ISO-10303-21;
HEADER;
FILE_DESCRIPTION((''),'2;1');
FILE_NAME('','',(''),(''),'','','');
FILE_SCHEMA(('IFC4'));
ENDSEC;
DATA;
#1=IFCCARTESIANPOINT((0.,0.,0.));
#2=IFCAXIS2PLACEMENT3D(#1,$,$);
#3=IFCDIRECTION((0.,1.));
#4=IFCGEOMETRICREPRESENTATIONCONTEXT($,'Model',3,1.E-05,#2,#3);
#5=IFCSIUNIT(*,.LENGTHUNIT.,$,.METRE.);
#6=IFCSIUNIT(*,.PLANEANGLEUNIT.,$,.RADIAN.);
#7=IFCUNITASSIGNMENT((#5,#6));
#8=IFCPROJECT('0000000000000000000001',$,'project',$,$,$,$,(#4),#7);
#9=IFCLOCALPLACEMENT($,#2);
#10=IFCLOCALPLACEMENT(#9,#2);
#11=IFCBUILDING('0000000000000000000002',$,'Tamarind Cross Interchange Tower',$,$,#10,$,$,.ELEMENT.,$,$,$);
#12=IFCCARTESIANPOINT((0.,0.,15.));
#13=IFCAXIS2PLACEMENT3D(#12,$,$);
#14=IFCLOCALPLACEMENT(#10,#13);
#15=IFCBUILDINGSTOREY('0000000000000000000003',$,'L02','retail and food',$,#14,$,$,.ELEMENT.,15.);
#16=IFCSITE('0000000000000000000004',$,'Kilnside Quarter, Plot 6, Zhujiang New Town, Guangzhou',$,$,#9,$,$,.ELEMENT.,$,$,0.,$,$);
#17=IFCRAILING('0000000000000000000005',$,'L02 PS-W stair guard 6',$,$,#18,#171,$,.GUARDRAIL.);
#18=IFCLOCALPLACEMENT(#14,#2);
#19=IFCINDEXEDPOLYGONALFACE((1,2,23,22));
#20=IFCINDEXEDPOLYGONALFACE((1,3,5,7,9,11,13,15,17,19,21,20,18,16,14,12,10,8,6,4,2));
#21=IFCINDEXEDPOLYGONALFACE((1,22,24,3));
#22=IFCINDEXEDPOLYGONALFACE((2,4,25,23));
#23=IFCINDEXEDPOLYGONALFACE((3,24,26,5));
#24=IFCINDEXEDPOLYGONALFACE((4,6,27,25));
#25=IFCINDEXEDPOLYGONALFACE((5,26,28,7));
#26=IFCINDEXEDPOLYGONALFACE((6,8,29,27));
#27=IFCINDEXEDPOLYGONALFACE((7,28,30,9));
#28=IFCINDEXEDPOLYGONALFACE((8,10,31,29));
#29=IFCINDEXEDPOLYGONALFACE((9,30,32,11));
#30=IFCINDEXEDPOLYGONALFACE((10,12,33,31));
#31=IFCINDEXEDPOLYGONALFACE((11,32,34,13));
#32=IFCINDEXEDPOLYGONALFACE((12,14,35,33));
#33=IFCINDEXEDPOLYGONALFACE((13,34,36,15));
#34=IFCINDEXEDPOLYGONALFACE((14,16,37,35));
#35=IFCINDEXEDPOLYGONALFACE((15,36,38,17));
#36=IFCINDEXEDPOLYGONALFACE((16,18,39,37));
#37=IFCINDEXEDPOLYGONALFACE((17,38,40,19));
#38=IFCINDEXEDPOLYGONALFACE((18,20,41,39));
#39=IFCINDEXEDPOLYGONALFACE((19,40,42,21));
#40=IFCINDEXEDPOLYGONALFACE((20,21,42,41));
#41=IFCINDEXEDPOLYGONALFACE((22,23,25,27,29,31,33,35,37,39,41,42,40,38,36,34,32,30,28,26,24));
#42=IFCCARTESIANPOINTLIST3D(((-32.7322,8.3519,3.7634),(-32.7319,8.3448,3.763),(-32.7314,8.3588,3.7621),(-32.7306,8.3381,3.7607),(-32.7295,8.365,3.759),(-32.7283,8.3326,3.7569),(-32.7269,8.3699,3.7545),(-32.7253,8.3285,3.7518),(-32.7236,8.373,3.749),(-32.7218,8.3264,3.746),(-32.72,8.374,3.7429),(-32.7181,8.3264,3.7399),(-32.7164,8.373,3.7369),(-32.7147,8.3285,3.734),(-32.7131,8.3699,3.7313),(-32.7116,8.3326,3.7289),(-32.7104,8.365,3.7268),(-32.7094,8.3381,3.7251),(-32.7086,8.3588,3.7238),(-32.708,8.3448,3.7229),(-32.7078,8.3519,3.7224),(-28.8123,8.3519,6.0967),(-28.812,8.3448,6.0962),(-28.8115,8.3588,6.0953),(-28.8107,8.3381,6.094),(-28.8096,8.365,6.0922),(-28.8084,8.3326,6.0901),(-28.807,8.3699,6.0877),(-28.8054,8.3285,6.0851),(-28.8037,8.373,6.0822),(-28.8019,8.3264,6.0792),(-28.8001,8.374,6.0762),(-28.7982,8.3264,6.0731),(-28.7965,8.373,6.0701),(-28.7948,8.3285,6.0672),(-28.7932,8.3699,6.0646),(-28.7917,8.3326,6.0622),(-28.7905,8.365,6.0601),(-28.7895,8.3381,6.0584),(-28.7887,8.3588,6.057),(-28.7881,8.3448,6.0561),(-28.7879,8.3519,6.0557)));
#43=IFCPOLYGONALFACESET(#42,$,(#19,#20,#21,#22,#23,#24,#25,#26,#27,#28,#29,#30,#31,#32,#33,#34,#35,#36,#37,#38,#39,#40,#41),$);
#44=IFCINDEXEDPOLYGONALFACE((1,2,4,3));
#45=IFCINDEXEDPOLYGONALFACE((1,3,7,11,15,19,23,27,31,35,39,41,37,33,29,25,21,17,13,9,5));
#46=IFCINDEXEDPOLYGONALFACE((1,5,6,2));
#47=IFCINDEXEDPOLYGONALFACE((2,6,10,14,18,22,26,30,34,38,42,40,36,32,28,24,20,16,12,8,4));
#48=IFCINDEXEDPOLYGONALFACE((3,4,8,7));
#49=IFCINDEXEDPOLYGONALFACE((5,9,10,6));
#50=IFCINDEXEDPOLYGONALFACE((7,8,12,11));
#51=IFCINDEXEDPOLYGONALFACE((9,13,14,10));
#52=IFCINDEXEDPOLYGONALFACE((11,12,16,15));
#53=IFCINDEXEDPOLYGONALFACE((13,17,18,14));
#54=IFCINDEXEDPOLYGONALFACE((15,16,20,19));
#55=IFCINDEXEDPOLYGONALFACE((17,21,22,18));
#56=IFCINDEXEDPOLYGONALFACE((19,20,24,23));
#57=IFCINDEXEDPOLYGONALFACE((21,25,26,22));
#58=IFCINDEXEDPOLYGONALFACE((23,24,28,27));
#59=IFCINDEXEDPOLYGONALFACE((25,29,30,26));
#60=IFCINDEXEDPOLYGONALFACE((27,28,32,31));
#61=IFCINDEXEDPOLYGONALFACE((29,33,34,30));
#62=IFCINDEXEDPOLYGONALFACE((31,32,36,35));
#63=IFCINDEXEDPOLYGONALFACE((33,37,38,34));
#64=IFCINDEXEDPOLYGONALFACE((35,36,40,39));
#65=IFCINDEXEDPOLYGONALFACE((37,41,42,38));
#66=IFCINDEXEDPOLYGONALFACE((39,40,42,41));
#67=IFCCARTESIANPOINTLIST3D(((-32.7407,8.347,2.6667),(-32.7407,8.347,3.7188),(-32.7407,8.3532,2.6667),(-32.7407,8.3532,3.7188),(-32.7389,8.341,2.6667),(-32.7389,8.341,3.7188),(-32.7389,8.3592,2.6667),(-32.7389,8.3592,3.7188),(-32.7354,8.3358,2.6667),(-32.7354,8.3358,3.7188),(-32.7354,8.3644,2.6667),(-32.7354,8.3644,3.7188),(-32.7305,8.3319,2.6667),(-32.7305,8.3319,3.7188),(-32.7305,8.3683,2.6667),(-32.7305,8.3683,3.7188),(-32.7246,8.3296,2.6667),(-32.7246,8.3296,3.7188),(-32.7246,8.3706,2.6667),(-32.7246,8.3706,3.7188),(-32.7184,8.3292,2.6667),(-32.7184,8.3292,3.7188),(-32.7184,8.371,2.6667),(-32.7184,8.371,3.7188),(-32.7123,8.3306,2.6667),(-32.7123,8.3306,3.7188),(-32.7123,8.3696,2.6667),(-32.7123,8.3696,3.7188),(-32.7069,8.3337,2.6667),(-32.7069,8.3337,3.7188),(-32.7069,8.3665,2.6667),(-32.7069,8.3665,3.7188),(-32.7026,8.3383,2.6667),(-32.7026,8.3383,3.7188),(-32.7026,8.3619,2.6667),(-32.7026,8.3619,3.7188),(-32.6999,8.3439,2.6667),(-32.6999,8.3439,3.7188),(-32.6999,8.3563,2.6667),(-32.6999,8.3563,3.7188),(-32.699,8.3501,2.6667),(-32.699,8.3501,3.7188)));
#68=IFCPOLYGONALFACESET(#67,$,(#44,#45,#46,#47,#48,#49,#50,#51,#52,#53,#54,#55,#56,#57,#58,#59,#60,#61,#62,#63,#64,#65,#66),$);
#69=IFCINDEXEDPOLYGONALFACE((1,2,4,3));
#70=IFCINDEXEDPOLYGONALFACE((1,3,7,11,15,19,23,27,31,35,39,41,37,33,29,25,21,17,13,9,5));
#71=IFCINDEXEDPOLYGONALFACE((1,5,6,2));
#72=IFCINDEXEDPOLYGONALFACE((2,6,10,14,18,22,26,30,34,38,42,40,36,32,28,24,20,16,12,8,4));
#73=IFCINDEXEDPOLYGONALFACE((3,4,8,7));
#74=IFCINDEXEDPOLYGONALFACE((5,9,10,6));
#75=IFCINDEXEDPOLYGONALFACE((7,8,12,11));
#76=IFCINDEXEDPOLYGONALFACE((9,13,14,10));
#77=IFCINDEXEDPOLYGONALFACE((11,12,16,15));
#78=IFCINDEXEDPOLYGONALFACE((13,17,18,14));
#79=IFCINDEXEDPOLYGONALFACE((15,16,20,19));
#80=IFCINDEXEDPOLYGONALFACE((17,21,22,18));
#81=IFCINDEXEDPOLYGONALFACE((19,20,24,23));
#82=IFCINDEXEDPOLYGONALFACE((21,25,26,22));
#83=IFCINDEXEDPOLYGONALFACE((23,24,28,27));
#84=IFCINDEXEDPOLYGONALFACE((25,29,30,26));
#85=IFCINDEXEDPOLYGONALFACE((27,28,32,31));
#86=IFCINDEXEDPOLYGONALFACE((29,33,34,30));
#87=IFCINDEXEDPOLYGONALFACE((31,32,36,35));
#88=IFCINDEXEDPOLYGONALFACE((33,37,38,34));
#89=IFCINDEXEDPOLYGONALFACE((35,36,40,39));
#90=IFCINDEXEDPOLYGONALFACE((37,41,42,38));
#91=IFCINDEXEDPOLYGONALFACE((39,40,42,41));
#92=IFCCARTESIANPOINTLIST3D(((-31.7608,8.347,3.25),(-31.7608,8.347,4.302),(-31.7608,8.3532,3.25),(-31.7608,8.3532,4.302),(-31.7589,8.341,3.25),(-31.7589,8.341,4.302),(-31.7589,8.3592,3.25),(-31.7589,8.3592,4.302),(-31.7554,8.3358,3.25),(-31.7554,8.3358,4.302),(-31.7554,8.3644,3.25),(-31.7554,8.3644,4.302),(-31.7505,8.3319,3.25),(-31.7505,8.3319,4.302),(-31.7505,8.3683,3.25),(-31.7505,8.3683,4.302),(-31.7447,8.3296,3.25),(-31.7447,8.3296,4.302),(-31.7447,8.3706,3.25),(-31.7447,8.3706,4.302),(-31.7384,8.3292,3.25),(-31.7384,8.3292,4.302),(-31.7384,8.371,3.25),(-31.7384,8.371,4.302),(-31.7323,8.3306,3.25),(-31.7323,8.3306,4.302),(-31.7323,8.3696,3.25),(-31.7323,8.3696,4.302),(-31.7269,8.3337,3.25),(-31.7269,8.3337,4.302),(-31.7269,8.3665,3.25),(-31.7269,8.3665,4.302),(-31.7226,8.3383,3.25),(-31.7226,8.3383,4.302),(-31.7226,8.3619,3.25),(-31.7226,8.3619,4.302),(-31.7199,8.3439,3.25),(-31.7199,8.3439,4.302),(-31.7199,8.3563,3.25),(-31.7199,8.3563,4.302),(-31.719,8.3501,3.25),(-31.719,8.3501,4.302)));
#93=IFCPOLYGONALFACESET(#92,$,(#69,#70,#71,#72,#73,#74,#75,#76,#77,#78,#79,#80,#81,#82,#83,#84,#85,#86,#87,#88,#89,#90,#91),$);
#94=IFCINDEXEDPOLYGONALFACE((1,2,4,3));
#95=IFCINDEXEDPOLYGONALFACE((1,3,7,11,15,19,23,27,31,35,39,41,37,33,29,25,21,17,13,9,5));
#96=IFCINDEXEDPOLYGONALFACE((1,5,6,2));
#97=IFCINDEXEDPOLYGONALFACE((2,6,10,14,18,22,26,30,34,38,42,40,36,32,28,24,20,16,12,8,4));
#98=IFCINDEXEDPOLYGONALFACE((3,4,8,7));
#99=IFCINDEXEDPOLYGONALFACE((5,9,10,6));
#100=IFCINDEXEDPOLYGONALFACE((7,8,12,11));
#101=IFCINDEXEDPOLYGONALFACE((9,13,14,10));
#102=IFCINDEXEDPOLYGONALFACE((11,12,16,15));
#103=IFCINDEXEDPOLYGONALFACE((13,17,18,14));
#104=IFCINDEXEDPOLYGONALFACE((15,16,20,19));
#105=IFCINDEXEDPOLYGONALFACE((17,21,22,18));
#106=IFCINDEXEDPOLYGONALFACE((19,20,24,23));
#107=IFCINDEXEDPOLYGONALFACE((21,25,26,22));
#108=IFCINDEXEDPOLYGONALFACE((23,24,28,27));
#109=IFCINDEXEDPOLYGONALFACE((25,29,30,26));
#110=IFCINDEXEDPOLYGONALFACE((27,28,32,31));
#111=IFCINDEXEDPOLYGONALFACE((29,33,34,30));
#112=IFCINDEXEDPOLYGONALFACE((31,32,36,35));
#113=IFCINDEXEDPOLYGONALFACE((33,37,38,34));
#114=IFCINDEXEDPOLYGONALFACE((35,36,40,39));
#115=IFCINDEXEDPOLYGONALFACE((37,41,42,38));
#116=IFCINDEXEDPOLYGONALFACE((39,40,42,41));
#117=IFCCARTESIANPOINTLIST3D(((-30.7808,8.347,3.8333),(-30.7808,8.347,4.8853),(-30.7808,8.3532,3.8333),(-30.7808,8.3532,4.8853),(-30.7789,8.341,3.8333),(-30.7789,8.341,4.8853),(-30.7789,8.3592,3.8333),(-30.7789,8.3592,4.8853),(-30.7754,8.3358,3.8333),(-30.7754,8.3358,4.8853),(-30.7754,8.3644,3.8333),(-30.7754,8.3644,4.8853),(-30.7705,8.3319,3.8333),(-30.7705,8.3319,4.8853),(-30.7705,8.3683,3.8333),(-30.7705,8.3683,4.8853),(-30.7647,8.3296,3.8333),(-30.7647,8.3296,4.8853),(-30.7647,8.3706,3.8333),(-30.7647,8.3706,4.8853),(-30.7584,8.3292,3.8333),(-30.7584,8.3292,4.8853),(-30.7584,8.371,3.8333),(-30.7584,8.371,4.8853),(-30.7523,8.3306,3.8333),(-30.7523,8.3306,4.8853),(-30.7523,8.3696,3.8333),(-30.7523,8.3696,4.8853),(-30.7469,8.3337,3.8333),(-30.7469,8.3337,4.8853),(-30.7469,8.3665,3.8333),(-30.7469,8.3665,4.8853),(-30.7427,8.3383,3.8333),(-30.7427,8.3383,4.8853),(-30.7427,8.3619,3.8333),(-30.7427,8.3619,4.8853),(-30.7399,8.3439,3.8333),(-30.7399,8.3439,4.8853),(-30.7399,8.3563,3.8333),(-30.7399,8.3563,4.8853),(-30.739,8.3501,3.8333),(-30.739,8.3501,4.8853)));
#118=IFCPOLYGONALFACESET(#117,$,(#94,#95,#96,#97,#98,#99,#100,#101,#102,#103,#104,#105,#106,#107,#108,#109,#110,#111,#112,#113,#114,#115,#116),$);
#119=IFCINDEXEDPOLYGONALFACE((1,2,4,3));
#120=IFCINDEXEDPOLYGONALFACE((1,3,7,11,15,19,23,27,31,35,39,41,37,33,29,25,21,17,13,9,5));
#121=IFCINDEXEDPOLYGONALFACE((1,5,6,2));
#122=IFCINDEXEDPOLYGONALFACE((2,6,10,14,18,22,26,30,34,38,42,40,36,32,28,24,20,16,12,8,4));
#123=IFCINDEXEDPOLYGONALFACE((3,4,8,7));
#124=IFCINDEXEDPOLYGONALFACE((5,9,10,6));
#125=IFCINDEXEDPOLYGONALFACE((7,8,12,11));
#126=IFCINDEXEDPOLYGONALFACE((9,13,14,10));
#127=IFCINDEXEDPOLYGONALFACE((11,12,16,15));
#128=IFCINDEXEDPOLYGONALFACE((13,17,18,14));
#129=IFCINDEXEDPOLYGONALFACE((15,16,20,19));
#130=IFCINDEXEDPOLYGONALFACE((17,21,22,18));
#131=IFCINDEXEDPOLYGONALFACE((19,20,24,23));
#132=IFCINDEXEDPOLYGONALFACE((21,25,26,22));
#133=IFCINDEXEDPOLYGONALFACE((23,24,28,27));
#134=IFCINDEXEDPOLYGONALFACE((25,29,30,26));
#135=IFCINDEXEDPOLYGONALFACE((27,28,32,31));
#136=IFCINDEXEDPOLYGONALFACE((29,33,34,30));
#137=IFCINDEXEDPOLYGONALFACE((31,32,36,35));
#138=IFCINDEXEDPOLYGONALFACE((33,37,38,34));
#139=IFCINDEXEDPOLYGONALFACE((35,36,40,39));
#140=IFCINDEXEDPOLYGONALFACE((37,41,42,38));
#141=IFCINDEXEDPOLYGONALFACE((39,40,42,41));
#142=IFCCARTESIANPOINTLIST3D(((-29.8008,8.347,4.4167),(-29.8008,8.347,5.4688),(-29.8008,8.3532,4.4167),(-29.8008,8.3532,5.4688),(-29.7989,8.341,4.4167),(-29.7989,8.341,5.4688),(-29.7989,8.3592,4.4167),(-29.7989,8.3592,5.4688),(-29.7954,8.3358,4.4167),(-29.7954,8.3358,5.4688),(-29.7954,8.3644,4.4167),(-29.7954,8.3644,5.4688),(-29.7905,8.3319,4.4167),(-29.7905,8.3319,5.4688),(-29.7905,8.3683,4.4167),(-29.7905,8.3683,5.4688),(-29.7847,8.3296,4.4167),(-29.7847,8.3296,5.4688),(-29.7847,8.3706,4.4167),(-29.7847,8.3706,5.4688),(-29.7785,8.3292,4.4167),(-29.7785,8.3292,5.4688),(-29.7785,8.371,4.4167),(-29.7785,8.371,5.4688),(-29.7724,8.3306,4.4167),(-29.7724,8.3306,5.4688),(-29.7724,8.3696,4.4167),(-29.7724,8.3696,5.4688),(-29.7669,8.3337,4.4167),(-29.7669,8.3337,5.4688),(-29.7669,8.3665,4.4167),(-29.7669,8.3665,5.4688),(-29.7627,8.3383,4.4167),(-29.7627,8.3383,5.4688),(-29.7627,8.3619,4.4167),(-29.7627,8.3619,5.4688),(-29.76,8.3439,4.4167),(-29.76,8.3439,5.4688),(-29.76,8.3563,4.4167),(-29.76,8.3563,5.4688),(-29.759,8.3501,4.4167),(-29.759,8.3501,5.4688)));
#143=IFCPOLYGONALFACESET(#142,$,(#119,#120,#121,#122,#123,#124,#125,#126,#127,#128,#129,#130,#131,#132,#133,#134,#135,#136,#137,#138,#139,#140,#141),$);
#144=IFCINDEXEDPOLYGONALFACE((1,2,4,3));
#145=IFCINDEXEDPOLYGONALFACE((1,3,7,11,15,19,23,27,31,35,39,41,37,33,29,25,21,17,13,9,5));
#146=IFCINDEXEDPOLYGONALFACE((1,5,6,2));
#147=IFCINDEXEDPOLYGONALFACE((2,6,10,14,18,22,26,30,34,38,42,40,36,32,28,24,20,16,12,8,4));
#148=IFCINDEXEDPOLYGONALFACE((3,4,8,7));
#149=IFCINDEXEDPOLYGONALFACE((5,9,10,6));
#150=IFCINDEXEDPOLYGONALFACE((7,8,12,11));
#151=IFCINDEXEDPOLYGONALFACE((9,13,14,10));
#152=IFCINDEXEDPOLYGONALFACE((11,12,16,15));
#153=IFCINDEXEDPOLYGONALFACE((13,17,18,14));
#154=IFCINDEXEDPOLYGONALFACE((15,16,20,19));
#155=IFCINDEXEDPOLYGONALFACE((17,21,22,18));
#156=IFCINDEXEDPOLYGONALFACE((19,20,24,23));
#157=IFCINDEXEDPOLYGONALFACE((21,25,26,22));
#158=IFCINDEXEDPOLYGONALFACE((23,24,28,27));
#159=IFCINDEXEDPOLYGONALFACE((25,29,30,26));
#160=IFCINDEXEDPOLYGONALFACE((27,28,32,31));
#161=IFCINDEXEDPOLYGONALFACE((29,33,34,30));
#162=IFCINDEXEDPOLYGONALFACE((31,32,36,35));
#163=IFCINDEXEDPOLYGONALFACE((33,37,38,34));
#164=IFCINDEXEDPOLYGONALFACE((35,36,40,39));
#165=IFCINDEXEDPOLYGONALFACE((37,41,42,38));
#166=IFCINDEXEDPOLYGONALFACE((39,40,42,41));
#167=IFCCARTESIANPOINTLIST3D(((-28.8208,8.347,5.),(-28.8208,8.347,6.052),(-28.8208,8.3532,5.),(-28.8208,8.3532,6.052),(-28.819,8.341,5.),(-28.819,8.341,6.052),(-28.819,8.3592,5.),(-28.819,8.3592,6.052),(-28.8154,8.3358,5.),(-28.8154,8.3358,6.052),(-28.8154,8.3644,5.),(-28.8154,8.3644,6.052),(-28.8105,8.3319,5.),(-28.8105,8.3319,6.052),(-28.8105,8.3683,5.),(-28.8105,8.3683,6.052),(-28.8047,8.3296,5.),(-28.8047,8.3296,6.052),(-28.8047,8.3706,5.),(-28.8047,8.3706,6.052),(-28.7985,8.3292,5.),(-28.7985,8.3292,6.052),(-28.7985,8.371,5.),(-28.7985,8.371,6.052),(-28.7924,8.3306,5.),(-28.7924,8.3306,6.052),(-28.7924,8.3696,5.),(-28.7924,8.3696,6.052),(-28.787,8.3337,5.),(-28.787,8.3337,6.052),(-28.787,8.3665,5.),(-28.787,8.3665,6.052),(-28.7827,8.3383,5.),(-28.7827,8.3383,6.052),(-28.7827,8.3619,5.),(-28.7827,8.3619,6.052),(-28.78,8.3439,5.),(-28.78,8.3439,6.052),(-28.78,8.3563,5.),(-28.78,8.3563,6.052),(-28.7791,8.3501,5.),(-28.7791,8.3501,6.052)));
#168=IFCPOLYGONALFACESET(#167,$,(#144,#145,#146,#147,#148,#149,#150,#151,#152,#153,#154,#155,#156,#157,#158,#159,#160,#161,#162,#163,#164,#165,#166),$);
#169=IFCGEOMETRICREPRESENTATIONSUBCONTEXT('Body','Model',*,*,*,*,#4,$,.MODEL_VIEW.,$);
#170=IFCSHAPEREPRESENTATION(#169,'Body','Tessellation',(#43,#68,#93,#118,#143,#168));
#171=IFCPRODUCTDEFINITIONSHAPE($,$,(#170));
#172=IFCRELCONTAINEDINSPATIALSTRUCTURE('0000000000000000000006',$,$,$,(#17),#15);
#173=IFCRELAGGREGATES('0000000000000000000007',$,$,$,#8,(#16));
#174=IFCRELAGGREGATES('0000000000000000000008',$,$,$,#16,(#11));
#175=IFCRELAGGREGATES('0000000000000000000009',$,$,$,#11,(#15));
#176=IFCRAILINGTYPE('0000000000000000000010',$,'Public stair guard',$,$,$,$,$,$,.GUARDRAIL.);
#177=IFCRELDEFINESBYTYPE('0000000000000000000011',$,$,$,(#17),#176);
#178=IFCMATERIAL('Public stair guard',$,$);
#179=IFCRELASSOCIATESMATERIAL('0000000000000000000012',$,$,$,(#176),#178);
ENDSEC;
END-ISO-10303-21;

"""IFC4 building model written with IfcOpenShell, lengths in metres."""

from ifc_helpers import new_model, si_unit, direction, frame, origin, origin_2d, place, context, subcontext, project, spatial, circle, extrude, material, type_object, element, save


model = new_model("IFC4")

# Units and contexts
model_context = context("Model", 3, precision=1e-05, world=origin(), true_north=direction((0.0, 1.0)))
body_context = subcontext(model_context, "Body", "Model", "MODEL_VIEW")
ifc_project = project(units=[si_unit("LENGTHUNIT", "METRE"), si_unit("PLANEANGLEUNIT", "RADIAN")], contexts=[model_context])

# Site, building, storey
site_placement = place(None, origin())
site = spatial("IfcSite", under=ifc_project, at=site_placement, Name="Kilnside Quarter, Plot 6, Zhujiang New Town, Guangzhou", CompositionType="ELEMENT", RefElevation=0.0)
building_placement = place(site_placement, origin())
building = spatial("IfcBuilding", under=site, at=building_placement, Name="Tamarind Cross Interchange Tower", CompositionType="ELEMENT")
storey_placement = place(building_placement, frame((0.0, 0.0, 15.0)))
storey = spatial("IfcBuildingStorey", under=building, at=storey_placement, Name="L02", Description="retail and food", CompositionType="ELEMENT", Elevation=15.0)

# Railing
ifc_material_1 = material(Name="Public stair guard")
railing_type_1 = type_object("IfcRailingType", Name="Public stair guard", PredefinedType="GUARDRAIL", material=ifc_material_1)
railing_1_placement = place(storey_placement, frame((-32.72, 8.3501, 2.6667)))
element("IfcRailing", 1, at=railing_1_placement, inside=storey, type_object=railing_type_1, Name="L02 PS-W stair guard 6", PredefinedType="GUARDRAIL", context=body_context, shape_type="SweptSolid", body=[
    extrude(circle(Radius=0.0239, at=origin_2d()), frame((0.0, 0.0, 1.0762), z_axis=(0.859296, 0.0, 0.511478), x_axis=(0.0, 1.0, 0.0)), (0.0, 0.0, 1.0), 4.5618),
    extrude(circle(Radius=0.021, at=origin_2d()), origin(), (0.0, 0.0, 1.0), 1.052),
    extrude(circle(Radius=0.021, at=origin_2d()), frame((0.98, 0.0, 0.5833)), (0.0, 0.0, 1.0), 1.052),
    extrude(circle(Radius=0.021, at=origin_2d()), frame((1.96, 0.0, 1.1665)), (0.0, 0.0, 1.0), 1.052),
    extrude(circle(Radius=0.021, at=origin_2d()), frame((2.9399, 0.0, 1.75)), (0.0, 0.0, 1.0), 1.052),
    extrude(circle(Radius=0.021, at=origin_2d()), frame((3.9199, 0.0, 2.3333)), (0.0, 0.0, 1.0), 1.052),
])

save(model, "model.ifc")
